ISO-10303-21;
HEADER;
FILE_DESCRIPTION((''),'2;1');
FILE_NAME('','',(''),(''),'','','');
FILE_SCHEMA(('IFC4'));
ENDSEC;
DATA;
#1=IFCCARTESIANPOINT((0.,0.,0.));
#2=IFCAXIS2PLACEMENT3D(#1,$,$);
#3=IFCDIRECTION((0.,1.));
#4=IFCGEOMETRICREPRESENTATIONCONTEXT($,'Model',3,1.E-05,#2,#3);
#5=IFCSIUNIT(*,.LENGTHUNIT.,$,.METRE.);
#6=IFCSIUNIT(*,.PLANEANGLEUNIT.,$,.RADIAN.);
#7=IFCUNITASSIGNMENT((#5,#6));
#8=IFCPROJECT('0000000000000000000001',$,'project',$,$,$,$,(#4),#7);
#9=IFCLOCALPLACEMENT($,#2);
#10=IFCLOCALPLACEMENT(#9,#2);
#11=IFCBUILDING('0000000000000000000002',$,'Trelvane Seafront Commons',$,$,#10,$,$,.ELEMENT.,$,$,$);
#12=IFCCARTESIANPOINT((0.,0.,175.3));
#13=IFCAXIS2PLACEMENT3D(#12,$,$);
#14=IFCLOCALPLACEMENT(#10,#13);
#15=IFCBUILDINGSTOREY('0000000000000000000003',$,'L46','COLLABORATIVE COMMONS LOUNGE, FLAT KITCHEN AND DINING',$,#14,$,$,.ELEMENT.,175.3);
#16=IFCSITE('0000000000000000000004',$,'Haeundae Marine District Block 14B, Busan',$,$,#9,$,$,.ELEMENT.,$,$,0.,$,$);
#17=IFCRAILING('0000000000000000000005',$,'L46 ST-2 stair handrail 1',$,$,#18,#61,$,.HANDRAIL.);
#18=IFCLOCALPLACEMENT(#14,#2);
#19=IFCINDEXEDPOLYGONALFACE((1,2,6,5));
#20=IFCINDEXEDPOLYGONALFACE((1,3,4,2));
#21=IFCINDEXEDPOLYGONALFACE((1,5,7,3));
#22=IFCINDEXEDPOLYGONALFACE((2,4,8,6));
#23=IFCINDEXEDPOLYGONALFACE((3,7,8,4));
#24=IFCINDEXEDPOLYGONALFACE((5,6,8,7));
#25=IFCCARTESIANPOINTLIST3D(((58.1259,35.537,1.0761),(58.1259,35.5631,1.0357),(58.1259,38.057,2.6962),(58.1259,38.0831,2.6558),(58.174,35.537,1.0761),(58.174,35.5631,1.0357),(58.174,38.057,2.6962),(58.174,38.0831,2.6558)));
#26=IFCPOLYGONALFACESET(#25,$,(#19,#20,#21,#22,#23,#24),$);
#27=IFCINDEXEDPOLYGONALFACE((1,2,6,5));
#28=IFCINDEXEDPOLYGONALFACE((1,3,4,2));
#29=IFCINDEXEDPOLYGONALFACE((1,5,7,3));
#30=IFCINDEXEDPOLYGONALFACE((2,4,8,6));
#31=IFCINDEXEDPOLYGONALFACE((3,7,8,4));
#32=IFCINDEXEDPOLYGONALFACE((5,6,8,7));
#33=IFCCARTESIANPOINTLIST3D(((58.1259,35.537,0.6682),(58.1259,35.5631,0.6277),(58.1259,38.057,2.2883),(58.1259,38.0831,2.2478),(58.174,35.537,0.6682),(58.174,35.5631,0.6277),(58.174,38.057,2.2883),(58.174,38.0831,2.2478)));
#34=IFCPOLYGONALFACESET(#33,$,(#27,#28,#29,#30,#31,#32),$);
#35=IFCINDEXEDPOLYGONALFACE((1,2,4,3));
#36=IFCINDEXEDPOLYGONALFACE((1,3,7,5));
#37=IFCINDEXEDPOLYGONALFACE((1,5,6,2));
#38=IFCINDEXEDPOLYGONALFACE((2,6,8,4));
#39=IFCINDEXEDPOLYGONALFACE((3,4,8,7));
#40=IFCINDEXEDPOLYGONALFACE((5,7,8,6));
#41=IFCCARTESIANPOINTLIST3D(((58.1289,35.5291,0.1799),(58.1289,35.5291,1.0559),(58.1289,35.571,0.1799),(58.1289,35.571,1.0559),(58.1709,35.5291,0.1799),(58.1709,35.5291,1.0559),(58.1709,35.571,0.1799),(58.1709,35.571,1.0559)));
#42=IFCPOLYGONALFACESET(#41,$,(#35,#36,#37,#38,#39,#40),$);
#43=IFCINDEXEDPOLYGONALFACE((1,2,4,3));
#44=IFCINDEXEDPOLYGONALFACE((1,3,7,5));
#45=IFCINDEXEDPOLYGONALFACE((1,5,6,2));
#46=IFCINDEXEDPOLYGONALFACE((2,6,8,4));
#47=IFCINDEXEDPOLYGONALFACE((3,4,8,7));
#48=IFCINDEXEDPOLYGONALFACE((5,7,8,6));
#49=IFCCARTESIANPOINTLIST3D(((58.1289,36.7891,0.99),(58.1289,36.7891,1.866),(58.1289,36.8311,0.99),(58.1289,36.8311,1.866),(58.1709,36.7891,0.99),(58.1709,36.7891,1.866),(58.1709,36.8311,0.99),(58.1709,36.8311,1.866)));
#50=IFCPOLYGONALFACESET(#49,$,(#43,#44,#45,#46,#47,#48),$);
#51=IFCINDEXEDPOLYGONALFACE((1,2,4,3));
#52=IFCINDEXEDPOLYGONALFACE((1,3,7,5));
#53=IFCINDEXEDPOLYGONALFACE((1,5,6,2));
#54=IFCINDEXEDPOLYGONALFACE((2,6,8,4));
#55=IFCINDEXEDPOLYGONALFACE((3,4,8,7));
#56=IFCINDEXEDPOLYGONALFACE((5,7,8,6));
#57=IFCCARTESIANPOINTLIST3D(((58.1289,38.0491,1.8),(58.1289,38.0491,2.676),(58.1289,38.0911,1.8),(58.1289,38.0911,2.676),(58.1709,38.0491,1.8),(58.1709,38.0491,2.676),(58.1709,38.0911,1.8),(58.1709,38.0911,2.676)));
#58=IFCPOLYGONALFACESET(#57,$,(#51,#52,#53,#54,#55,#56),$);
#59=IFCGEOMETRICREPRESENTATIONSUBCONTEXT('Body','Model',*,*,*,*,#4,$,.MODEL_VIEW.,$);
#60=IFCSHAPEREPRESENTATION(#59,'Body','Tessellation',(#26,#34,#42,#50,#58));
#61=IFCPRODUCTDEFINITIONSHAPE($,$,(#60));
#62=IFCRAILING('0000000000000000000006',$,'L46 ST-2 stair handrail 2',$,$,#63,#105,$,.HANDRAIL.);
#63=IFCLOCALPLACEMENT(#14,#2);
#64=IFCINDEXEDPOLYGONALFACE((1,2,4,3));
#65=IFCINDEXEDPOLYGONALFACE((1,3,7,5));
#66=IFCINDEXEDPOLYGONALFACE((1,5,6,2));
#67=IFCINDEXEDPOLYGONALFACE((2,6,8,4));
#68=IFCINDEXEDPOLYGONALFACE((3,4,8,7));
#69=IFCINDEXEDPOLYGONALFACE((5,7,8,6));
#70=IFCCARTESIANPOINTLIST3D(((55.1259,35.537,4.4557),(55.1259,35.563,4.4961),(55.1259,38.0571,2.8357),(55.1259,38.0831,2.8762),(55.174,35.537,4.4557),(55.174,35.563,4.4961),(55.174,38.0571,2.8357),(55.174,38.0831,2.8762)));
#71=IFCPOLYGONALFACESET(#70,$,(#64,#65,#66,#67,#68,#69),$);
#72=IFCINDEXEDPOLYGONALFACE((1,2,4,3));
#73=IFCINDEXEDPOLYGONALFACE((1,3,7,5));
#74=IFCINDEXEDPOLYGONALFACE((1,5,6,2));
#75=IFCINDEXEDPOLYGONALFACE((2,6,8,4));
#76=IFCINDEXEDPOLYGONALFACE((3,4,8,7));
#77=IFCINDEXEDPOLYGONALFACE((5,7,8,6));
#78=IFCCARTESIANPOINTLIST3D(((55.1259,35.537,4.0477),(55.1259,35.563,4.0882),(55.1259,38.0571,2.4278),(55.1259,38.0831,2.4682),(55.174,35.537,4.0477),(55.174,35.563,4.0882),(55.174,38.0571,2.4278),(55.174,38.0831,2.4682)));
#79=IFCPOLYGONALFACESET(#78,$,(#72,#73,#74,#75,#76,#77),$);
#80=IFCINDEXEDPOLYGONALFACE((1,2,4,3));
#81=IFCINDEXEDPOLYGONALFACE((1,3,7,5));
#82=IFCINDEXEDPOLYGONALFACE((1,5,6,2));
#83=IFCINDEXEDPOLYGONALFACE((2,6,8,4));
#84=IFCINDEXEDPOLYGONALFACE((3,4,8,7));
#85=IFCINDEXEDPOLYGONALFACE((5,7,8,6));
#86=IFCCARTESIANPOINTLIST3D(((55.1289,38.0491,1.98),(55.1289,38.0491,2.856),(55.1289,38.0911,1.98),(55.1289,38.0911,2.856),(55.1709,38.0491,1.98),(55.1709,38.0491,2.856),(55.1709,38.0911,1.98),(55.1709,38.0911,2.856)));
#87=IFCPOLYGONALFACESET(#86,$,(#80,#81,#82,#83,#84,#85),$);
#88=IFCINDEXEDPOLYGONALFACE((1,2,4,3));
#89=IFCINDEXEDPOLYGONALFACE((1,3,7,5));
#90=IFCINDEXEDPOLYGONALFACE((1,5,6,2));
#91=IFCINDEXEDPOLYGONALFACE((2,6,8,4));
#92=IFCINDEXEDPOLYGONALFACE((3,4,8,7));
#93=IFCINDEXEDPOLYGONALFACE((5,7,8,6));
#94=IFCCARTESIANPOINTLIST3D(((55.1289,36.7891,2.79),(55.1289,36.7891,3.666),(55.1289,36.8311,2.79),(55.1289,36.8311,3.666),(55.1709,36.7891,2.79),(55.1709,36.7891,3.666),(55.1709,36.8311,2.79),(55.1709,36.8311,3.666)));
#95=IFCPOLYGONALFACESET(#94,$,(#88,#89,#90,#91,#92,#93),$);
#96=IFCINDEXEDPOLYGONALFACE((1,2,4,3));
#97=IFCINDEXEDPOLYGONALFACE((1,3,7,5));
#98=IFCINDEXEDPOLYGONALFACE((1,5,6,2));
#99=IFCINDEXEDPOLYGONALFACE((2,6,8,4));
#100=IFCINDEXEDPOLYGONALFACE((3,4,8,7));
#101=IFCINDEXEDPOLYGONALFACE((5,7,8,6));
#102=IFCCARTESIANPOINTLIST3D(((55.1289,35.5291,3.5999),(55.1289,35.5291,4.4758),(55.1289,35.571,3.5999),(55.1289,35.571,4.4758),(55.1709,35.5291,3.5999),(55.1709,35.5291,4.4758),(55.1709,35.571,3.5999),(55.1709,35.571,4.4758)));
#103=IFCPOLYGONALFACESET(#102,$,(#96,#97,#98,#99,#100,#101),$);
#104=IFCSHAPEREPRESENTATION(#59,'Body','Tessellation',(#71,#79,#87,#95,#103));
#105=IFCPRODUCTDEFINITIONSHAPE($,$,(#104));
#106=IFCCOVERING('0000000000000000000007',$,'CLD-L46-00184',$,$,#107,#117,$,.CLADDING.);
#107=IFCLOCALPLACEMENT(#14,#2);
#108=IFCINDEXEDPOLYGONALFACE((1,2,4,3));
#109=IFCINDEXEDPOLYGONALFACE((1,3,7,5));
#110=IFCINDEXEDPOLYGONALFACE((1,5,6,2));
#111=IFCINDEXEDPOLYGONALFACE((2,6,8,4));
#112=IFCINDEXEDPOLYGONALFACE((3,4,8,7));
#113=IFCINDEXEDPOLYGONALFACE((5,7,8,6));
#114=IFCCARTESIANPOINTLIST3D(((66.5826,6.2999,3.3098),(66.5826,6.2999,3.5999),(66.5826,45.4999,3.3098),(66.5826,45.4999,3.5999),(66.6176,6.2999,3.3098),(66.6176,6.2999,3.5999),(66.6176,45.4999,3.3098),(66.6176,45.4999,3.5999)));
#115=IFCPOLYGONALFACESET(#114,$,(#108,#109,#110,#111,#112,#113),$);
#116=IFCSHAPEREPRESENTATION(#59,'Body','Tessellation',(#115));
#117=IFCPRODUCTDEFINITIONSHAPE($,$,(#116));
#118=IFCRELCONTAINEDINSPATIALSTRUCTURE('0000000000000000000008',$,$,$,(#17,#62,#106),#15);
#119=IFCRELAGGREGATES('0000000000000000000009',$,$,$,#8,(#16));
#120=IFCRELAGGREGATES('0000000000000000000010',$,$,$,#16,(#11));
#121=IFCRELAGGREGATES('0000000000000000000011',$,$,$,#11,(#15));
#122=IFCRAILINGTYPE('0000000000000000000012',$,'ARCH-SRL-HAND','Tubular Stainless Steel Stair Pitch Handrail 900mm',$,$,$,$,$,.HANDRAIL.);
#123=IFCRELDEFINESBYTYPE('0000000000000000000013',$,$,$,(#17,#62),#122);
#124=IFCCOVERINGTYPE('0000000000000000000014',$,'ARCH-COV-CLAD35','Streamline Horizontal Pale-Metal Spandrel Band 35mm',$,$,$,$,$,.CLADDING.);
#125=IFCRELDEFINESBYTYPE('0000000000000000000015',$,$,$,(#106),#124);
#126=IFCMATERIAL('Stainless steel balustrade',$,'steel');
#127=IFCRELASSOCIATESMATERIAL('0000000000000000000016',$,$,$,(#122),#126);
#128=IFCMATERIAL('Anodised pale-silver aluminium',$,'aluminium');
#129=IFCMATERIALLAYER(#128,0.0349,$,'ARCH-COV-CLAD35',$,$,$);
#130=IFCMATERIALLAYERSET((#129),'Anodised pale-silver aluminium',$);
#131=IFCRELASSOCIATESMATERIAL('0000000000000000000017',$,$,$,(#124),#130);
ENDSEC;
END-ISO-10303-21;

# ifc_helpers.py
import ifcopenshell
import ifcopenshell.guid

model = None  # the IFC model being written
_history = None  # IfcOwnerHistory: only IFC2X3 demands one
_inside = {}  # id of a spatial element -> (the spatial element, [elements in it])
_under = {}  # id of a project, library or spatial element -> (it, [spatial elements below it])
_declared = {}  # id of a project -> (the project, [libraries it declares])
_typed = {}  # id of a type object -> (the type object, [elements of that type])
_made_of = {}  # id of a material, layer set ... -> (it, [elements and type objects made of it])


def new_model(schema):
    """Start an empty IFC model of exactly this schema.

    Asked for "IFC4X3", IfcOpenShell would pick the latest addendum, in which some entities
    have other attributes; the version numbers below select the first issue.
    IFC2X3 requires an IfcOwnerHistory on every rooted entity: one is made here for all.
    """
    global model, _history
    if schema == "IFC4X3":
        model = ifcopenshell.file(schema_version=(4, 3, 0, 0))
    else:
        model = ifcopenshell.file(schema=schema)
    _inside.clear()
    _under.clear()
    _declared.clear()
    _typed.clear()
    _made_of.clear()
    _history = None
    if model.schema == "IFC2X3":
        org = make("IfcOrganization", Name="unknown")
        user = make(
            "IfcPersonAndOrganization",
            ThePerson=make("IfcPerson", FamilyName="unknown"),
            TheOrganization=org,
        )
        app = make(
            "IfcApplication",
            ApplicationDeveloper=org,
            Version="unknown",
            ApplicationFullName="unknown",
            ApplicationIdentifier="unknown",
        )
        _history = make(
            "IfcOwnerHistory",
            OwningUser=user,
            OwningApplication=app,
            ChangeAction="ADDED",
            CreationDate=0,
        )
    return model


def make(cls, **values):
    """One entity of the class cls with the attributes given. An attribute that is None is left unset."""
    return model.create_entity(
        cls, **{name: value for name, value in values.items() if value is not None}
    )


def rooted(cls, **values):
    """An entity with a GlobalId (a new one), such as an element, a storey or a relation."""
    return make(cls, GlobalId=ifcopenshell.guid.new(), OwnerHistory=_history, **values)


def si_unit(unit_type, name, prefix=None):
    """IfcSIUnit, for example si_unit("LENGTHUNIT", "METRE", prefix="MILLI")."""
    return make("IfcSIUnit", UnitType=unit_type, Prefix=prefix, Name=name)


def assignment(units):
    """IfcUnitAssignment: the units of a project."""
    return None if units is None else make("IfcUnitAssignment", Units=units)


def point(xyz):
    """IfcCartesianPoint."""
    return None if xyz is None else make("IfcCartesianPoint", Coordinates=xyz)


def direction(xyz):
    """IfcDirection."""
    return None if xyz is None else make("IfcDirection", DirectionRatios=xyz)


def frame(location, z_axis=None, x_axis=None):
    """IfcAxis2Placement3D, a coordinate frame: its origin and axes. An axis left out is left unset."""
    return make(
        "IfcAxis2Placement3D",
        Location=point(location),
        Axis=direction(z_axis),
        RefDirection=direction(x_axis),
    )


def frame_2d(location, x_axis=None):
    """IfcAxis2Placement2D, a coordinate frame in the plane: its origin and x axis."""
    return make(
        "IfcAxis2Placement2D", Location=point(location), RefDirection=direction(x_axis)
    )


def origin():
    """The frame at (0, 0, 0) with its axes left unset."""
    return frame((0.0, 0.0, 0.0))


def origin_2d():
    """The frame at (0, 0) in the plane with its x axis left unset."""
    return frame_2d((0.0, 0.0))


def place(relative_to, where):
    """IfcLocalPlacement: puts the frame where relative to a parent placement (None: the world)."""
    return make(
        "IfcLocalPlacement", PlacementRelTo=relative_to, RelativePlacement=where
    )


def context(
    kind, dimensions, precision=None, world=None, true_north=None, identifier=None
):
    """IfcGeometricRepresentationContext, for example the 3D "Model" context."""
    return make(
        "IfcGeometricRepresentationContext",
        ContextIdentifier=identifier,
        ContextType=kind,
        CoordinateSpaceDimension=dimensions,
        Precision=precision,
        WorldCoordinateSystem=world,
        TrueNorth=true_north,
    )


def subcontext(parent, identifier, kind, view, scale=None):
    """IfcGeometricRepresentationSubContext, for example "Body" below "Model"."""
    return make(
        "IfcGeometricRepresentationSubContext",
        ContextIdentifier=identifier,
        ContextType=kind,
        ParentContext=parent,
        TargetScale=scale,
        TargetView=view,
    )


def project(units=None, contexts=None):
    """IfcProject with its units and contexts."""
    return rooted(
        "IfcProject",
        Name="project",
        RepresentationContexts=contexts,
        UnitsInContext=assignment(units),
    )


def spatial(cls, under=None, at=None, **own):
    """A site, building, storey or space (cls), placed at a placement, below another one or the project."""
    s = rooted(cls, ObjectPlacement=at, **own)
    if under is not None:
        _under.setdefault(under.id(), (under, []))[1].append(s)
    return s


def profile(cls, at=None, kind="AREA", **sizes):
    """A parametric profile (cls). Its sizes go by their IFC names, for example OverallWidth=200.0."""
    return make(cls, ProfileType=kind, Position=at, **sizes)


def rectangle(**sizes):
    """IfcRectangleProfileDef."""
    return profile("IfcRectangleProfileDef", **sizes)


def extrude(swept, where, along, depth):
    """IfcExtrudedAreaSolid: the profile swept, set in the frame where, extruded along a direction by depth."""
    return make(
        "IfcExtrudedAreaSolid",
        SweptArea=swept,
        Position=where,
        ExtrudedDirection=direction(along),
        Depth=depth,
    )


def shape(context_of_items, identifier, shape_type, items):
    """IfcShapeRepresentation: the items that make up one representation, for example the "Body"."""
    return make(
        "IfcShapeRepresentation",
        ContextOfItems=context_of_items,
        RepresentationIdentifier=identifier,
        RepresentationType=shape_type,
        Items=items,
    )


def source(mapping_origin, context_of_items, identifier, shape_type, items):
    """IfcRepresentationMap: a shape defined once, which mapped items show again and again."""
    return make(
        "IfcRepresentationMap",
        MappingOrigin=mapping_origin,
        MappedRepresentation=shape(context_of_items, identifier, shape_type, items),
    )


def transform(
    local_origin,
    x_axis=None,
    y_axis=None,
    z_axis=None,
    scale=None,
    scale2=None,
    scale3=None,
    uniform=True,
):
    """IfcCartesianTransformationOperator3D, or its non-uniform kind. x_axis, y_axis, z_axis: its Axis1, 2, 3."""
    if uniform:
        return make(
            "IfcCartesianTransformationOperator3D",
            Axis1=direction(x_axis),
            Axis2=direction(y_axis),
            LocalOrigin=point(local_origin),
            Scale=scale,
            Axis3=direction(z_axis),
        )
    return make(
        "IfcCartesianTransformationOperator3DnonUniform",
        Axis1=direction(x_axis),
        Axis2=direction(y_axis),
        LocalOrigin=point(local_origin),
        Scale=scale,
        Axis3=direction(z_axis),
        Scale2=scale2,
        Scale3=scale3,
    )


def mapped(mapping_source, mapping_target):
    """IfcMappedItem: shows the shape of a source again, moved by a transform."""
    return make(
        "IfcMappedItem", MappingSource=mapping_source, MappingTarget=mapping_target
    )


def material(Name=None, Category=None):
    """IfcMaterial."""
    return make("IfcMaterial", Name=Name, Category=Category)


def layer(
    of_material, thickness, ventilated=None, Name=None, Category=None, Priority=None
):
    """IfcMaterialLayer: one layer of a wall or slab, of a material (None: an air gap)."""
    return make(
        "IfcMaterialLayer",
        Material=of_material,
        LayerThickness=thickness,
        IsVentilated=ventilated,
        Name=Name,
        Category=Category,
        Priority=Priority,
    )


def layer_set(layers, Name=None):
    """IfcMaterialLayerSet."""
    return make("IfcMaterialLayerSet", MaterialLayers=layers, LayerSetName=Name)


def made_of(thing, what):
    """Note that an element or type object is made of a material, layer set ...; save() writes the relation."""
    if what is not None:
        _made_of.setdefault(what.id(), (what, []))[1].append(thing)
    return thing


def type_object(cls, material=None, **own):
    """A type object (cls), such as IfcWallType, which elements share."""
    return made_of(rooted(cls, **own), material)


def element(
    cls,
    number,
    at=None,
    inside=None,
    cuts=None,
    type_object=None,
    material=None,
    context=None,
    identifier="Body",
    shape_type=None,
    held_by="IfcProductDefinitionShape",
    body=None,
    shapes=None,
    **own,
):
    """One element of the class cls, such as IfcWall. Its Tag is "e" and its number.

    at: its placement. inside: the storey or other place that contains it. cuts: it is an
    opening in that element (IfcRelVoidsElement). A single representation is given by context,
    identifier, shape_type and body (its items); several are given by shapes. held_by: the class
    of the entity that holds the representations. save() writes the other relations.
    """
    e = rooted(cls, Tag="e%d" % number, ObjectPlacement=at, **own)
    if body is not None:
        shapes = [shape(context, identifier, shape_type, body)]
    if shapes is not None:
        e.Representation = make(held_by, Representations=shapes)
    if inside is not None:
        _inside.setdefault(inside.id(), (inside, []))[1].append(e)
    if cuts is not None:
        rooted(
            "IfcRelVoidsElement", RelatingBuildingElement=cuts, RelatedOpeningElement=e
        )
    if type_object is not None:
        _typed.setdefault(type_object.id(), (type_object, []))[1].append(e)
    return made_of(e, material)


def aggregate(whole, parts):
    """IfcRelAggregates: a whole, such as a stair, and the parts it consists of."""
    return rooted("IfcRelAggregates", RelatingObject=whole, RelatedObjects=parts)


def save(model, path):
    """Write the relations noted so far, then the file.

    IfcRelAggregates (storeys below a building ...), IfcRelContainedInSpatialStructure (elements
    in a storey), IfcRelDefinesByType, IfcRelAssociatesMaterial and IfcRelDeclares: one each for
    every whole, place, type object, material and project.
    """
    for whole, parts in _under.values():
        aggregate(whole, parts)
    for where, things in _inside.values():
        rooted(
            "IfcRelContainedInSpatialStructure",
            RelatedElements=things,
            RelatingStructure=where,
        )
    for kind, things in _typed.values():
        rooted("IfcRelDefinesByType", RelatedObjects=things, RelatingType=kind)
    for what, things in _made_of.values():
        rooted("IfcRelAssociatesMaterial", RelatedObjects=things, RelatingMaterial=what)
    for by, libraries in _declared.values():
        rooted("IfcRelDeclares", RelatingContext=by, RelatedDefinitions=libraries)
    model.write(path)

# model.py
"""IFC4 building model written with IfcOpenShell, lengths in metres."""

from ifc_helpers import new_model, si_unit, direction, frame, origin, origin_2d, place, context, subcontext, project, spatial, rectangle, extrude, source, transform, mapped, material, layer, layer_set, type_object, element, save


model = new_model("IFC4")

# Units and contexts
model_context = context("Model", 3, precision=1e-05, world=origin(), true_north=direction((0.0, 1.0)))
body_context = subcontext(model_context, "Body", "Model", "MODEL_VIEW")
ifc_project = project(units=[si_unit("LENGTHUNIT", "METRE"), si_unit("PLANEANGLEUNIT", "RADIAN")], contexts=[model_context])

# Site, building, storey
site_placement = place(None, origin())
site = spatial("IfcSite", under=ifc_project, at=site_placement, Name="Haeundae Marine District Block 14B, Busan", CompositionType="ELEMENT", RefElevation=0.0)
building_placement = place(site_placement, origin())
building = spatial("IfcBuilding", under=site, at=building_placement, Name="Trelvane Seafront Commons", CompositionType="ELEMENT")
storey_placement = place(building_placement, frame((0.0, 0.0, 175.3)))
storey = spatial("IfcBuildingStorey", under=building, at=storey_placement, Name="L46", Description="COLLABORATIVE COMMONS LOUNGE, FLAT KITCHEN AND DINING", CompositionType="ELEMENT", Elevation=175.3)

# Shared definitions
ifc_material_1 = material(Name="Anodised pale-silver aluminium", Category="aluminium")

# Railings
ifc_material_2 = material(Name="Stainless steel balustrade", Category="steel")
railing_type_1 = type_object("IfcRailingType", Name="ARCH-SRL-HAND", Description="Tubular Stainless Steel Stair Pitch Handrail 900mm", PredefinedType="HANDRAIL", material=ifc_material_2)
railing_1_placement = place(storey_placement, frame((58.1499, 35.55, 0.1799)))
element("IfcRailing", 1, at=railing_1_placement, inside=storey, type_object=railing_type_1, Name="L46 ST-2 stair handrail 1", PredefinedType="HANDRAIL", context=body_context, shape_type="SweptSolid", body=[
    extrude(rectangle(XDim=0.0481, YDim=0.0481, at=origin_2d()), frame((0.0, 0.0, 0.876), z_axis=(0.0, 0.841163, 0.540782), x_axis=(-1.0, 0.0, 0.0)), (0.0, 0.0, 1.0), 2.9958),
    extrude(rectangle(XDim=0.0481, YDim=0.0481, at=origin_2d()), frame((0.0, 0.0, 0.468), z_axis=(0.0, 0.841163, 0.540782), x_axis=(-1.0, 0.0, 0.0)), (0.0, 0.0, 1.0), 2.9958),
    extrude(rectangle(XDim=0.042, YDim=0.042, at=origin_2d()), origin(), (0.0, 0.0, 1.0), 0.876),
    extrude(rectangle(XDim=0.042, YDim=0.042, at=origin_2d()), frame((0.0, 1.26, 0.8101)), (0.0, 0.0, 1.0), 0.876),
    extrude(rectangle(XDim=0.042, YDim=0.042, at=origin_2d()), frame((0.0, 2.52, 1.6201)), (0.0, 0.0, 1.0), 0.876),
])
railing_2_placement = place(storey_placement, frame((55.1499, 38.0701, 1.98)))
element("IfcRailing", 2, at=railing_2_placement, inside=storey, type_object=railing_type_1, Name="L46 ST-2 stair handrail 2", PredefinedType="HANDRAIL", context=body_context, shape_type="SweptSolid", body=[
    extrude(rectangle(XDim=0.0481, YDim=0.0481, at=origin_2d()), frame((0.0, 0.0, 0.876), z_axis=(0.0, -0.8412, 0.540725), x_axis=(1.0, 0.0, 0.0)), (0.0, 0.0, 1.0), 2.9958),
    extrude(rectangle(XDim=0.0481, YDim=0.0481, at=origin_2d()), frame((0.0, 0.0, 0.468), z_axis=(0.0, -0.8412, 0.540725), x_axis=(1.0, 0.0, 0.0)), (0.0, 0.0, 1.0), 2.9958),
    extrude(rectangle(XDim=0.042, YDim=0.042, at=origin_2d()), origin(), (0.0, 0.0, 1.0), 0.876),
    extrude(rectangle(XDim=0.042, YDim=0.042, at=origin_2d()), frame((0.0, -1.26, 0.8101)), (0.0, 0.0, 1.0), 0.876),
    extrude(rectangle(XDim=0.042, YDim=0.042, at=origin_2d()), frame((0.0, -2.52, 1.6199)), (0.0, 0.0, 1.0), 0.876),
])

# Covering
ifc_layer_1 = layer(ifc_material_1, 0.0349, Name="ARCH-COV-CLAD35")
ifc_layer_set_1 = layer_set([ifc_layer_1], Name="Anodised pale-silver aluminium")
covering_type = type_object("IfcCoveringType", Name="ARCH-COV-CLAD35", Description="Streamline Horizontal Pale-Metal Spandrel Band 35mm", PredefinedType="CLADDING", material=ifc_layer_set_1)
shared_shape_1 = source(origin(), body_context, "Body", "SweptSolid", [
    extrude(rectangle(XDim=39.2, YDim=0.0349, at=origin_2d()), origin(), (0.0, 0.0, 1.0), 0.29),
])
covering_placement = place(storey_placement, frame((66.6001, 25.8999, 3.3098), z_axis=(0.0, 0.0, 1.0), x_axis=(0.0, -1.0, 0.0)))
element("IfcCovering", 3, at=covering_placement, inside=storey, type_object=covering_type, Name="CLD-L46-00184", PredefinedType="CLADDING", context=body_context, shape_type="MappedRepresentation", body=[
    mapped(shared_shape_1, transform((0.0, 0.0, 0.0), x_axis=(1.0, 0.0, 0.0), y_axis=(0.0, 1.0, 0.0), z_axis=(0.0, 0.0, 1.0), scale=1.0)),
])

save(model, "model.ifc")
